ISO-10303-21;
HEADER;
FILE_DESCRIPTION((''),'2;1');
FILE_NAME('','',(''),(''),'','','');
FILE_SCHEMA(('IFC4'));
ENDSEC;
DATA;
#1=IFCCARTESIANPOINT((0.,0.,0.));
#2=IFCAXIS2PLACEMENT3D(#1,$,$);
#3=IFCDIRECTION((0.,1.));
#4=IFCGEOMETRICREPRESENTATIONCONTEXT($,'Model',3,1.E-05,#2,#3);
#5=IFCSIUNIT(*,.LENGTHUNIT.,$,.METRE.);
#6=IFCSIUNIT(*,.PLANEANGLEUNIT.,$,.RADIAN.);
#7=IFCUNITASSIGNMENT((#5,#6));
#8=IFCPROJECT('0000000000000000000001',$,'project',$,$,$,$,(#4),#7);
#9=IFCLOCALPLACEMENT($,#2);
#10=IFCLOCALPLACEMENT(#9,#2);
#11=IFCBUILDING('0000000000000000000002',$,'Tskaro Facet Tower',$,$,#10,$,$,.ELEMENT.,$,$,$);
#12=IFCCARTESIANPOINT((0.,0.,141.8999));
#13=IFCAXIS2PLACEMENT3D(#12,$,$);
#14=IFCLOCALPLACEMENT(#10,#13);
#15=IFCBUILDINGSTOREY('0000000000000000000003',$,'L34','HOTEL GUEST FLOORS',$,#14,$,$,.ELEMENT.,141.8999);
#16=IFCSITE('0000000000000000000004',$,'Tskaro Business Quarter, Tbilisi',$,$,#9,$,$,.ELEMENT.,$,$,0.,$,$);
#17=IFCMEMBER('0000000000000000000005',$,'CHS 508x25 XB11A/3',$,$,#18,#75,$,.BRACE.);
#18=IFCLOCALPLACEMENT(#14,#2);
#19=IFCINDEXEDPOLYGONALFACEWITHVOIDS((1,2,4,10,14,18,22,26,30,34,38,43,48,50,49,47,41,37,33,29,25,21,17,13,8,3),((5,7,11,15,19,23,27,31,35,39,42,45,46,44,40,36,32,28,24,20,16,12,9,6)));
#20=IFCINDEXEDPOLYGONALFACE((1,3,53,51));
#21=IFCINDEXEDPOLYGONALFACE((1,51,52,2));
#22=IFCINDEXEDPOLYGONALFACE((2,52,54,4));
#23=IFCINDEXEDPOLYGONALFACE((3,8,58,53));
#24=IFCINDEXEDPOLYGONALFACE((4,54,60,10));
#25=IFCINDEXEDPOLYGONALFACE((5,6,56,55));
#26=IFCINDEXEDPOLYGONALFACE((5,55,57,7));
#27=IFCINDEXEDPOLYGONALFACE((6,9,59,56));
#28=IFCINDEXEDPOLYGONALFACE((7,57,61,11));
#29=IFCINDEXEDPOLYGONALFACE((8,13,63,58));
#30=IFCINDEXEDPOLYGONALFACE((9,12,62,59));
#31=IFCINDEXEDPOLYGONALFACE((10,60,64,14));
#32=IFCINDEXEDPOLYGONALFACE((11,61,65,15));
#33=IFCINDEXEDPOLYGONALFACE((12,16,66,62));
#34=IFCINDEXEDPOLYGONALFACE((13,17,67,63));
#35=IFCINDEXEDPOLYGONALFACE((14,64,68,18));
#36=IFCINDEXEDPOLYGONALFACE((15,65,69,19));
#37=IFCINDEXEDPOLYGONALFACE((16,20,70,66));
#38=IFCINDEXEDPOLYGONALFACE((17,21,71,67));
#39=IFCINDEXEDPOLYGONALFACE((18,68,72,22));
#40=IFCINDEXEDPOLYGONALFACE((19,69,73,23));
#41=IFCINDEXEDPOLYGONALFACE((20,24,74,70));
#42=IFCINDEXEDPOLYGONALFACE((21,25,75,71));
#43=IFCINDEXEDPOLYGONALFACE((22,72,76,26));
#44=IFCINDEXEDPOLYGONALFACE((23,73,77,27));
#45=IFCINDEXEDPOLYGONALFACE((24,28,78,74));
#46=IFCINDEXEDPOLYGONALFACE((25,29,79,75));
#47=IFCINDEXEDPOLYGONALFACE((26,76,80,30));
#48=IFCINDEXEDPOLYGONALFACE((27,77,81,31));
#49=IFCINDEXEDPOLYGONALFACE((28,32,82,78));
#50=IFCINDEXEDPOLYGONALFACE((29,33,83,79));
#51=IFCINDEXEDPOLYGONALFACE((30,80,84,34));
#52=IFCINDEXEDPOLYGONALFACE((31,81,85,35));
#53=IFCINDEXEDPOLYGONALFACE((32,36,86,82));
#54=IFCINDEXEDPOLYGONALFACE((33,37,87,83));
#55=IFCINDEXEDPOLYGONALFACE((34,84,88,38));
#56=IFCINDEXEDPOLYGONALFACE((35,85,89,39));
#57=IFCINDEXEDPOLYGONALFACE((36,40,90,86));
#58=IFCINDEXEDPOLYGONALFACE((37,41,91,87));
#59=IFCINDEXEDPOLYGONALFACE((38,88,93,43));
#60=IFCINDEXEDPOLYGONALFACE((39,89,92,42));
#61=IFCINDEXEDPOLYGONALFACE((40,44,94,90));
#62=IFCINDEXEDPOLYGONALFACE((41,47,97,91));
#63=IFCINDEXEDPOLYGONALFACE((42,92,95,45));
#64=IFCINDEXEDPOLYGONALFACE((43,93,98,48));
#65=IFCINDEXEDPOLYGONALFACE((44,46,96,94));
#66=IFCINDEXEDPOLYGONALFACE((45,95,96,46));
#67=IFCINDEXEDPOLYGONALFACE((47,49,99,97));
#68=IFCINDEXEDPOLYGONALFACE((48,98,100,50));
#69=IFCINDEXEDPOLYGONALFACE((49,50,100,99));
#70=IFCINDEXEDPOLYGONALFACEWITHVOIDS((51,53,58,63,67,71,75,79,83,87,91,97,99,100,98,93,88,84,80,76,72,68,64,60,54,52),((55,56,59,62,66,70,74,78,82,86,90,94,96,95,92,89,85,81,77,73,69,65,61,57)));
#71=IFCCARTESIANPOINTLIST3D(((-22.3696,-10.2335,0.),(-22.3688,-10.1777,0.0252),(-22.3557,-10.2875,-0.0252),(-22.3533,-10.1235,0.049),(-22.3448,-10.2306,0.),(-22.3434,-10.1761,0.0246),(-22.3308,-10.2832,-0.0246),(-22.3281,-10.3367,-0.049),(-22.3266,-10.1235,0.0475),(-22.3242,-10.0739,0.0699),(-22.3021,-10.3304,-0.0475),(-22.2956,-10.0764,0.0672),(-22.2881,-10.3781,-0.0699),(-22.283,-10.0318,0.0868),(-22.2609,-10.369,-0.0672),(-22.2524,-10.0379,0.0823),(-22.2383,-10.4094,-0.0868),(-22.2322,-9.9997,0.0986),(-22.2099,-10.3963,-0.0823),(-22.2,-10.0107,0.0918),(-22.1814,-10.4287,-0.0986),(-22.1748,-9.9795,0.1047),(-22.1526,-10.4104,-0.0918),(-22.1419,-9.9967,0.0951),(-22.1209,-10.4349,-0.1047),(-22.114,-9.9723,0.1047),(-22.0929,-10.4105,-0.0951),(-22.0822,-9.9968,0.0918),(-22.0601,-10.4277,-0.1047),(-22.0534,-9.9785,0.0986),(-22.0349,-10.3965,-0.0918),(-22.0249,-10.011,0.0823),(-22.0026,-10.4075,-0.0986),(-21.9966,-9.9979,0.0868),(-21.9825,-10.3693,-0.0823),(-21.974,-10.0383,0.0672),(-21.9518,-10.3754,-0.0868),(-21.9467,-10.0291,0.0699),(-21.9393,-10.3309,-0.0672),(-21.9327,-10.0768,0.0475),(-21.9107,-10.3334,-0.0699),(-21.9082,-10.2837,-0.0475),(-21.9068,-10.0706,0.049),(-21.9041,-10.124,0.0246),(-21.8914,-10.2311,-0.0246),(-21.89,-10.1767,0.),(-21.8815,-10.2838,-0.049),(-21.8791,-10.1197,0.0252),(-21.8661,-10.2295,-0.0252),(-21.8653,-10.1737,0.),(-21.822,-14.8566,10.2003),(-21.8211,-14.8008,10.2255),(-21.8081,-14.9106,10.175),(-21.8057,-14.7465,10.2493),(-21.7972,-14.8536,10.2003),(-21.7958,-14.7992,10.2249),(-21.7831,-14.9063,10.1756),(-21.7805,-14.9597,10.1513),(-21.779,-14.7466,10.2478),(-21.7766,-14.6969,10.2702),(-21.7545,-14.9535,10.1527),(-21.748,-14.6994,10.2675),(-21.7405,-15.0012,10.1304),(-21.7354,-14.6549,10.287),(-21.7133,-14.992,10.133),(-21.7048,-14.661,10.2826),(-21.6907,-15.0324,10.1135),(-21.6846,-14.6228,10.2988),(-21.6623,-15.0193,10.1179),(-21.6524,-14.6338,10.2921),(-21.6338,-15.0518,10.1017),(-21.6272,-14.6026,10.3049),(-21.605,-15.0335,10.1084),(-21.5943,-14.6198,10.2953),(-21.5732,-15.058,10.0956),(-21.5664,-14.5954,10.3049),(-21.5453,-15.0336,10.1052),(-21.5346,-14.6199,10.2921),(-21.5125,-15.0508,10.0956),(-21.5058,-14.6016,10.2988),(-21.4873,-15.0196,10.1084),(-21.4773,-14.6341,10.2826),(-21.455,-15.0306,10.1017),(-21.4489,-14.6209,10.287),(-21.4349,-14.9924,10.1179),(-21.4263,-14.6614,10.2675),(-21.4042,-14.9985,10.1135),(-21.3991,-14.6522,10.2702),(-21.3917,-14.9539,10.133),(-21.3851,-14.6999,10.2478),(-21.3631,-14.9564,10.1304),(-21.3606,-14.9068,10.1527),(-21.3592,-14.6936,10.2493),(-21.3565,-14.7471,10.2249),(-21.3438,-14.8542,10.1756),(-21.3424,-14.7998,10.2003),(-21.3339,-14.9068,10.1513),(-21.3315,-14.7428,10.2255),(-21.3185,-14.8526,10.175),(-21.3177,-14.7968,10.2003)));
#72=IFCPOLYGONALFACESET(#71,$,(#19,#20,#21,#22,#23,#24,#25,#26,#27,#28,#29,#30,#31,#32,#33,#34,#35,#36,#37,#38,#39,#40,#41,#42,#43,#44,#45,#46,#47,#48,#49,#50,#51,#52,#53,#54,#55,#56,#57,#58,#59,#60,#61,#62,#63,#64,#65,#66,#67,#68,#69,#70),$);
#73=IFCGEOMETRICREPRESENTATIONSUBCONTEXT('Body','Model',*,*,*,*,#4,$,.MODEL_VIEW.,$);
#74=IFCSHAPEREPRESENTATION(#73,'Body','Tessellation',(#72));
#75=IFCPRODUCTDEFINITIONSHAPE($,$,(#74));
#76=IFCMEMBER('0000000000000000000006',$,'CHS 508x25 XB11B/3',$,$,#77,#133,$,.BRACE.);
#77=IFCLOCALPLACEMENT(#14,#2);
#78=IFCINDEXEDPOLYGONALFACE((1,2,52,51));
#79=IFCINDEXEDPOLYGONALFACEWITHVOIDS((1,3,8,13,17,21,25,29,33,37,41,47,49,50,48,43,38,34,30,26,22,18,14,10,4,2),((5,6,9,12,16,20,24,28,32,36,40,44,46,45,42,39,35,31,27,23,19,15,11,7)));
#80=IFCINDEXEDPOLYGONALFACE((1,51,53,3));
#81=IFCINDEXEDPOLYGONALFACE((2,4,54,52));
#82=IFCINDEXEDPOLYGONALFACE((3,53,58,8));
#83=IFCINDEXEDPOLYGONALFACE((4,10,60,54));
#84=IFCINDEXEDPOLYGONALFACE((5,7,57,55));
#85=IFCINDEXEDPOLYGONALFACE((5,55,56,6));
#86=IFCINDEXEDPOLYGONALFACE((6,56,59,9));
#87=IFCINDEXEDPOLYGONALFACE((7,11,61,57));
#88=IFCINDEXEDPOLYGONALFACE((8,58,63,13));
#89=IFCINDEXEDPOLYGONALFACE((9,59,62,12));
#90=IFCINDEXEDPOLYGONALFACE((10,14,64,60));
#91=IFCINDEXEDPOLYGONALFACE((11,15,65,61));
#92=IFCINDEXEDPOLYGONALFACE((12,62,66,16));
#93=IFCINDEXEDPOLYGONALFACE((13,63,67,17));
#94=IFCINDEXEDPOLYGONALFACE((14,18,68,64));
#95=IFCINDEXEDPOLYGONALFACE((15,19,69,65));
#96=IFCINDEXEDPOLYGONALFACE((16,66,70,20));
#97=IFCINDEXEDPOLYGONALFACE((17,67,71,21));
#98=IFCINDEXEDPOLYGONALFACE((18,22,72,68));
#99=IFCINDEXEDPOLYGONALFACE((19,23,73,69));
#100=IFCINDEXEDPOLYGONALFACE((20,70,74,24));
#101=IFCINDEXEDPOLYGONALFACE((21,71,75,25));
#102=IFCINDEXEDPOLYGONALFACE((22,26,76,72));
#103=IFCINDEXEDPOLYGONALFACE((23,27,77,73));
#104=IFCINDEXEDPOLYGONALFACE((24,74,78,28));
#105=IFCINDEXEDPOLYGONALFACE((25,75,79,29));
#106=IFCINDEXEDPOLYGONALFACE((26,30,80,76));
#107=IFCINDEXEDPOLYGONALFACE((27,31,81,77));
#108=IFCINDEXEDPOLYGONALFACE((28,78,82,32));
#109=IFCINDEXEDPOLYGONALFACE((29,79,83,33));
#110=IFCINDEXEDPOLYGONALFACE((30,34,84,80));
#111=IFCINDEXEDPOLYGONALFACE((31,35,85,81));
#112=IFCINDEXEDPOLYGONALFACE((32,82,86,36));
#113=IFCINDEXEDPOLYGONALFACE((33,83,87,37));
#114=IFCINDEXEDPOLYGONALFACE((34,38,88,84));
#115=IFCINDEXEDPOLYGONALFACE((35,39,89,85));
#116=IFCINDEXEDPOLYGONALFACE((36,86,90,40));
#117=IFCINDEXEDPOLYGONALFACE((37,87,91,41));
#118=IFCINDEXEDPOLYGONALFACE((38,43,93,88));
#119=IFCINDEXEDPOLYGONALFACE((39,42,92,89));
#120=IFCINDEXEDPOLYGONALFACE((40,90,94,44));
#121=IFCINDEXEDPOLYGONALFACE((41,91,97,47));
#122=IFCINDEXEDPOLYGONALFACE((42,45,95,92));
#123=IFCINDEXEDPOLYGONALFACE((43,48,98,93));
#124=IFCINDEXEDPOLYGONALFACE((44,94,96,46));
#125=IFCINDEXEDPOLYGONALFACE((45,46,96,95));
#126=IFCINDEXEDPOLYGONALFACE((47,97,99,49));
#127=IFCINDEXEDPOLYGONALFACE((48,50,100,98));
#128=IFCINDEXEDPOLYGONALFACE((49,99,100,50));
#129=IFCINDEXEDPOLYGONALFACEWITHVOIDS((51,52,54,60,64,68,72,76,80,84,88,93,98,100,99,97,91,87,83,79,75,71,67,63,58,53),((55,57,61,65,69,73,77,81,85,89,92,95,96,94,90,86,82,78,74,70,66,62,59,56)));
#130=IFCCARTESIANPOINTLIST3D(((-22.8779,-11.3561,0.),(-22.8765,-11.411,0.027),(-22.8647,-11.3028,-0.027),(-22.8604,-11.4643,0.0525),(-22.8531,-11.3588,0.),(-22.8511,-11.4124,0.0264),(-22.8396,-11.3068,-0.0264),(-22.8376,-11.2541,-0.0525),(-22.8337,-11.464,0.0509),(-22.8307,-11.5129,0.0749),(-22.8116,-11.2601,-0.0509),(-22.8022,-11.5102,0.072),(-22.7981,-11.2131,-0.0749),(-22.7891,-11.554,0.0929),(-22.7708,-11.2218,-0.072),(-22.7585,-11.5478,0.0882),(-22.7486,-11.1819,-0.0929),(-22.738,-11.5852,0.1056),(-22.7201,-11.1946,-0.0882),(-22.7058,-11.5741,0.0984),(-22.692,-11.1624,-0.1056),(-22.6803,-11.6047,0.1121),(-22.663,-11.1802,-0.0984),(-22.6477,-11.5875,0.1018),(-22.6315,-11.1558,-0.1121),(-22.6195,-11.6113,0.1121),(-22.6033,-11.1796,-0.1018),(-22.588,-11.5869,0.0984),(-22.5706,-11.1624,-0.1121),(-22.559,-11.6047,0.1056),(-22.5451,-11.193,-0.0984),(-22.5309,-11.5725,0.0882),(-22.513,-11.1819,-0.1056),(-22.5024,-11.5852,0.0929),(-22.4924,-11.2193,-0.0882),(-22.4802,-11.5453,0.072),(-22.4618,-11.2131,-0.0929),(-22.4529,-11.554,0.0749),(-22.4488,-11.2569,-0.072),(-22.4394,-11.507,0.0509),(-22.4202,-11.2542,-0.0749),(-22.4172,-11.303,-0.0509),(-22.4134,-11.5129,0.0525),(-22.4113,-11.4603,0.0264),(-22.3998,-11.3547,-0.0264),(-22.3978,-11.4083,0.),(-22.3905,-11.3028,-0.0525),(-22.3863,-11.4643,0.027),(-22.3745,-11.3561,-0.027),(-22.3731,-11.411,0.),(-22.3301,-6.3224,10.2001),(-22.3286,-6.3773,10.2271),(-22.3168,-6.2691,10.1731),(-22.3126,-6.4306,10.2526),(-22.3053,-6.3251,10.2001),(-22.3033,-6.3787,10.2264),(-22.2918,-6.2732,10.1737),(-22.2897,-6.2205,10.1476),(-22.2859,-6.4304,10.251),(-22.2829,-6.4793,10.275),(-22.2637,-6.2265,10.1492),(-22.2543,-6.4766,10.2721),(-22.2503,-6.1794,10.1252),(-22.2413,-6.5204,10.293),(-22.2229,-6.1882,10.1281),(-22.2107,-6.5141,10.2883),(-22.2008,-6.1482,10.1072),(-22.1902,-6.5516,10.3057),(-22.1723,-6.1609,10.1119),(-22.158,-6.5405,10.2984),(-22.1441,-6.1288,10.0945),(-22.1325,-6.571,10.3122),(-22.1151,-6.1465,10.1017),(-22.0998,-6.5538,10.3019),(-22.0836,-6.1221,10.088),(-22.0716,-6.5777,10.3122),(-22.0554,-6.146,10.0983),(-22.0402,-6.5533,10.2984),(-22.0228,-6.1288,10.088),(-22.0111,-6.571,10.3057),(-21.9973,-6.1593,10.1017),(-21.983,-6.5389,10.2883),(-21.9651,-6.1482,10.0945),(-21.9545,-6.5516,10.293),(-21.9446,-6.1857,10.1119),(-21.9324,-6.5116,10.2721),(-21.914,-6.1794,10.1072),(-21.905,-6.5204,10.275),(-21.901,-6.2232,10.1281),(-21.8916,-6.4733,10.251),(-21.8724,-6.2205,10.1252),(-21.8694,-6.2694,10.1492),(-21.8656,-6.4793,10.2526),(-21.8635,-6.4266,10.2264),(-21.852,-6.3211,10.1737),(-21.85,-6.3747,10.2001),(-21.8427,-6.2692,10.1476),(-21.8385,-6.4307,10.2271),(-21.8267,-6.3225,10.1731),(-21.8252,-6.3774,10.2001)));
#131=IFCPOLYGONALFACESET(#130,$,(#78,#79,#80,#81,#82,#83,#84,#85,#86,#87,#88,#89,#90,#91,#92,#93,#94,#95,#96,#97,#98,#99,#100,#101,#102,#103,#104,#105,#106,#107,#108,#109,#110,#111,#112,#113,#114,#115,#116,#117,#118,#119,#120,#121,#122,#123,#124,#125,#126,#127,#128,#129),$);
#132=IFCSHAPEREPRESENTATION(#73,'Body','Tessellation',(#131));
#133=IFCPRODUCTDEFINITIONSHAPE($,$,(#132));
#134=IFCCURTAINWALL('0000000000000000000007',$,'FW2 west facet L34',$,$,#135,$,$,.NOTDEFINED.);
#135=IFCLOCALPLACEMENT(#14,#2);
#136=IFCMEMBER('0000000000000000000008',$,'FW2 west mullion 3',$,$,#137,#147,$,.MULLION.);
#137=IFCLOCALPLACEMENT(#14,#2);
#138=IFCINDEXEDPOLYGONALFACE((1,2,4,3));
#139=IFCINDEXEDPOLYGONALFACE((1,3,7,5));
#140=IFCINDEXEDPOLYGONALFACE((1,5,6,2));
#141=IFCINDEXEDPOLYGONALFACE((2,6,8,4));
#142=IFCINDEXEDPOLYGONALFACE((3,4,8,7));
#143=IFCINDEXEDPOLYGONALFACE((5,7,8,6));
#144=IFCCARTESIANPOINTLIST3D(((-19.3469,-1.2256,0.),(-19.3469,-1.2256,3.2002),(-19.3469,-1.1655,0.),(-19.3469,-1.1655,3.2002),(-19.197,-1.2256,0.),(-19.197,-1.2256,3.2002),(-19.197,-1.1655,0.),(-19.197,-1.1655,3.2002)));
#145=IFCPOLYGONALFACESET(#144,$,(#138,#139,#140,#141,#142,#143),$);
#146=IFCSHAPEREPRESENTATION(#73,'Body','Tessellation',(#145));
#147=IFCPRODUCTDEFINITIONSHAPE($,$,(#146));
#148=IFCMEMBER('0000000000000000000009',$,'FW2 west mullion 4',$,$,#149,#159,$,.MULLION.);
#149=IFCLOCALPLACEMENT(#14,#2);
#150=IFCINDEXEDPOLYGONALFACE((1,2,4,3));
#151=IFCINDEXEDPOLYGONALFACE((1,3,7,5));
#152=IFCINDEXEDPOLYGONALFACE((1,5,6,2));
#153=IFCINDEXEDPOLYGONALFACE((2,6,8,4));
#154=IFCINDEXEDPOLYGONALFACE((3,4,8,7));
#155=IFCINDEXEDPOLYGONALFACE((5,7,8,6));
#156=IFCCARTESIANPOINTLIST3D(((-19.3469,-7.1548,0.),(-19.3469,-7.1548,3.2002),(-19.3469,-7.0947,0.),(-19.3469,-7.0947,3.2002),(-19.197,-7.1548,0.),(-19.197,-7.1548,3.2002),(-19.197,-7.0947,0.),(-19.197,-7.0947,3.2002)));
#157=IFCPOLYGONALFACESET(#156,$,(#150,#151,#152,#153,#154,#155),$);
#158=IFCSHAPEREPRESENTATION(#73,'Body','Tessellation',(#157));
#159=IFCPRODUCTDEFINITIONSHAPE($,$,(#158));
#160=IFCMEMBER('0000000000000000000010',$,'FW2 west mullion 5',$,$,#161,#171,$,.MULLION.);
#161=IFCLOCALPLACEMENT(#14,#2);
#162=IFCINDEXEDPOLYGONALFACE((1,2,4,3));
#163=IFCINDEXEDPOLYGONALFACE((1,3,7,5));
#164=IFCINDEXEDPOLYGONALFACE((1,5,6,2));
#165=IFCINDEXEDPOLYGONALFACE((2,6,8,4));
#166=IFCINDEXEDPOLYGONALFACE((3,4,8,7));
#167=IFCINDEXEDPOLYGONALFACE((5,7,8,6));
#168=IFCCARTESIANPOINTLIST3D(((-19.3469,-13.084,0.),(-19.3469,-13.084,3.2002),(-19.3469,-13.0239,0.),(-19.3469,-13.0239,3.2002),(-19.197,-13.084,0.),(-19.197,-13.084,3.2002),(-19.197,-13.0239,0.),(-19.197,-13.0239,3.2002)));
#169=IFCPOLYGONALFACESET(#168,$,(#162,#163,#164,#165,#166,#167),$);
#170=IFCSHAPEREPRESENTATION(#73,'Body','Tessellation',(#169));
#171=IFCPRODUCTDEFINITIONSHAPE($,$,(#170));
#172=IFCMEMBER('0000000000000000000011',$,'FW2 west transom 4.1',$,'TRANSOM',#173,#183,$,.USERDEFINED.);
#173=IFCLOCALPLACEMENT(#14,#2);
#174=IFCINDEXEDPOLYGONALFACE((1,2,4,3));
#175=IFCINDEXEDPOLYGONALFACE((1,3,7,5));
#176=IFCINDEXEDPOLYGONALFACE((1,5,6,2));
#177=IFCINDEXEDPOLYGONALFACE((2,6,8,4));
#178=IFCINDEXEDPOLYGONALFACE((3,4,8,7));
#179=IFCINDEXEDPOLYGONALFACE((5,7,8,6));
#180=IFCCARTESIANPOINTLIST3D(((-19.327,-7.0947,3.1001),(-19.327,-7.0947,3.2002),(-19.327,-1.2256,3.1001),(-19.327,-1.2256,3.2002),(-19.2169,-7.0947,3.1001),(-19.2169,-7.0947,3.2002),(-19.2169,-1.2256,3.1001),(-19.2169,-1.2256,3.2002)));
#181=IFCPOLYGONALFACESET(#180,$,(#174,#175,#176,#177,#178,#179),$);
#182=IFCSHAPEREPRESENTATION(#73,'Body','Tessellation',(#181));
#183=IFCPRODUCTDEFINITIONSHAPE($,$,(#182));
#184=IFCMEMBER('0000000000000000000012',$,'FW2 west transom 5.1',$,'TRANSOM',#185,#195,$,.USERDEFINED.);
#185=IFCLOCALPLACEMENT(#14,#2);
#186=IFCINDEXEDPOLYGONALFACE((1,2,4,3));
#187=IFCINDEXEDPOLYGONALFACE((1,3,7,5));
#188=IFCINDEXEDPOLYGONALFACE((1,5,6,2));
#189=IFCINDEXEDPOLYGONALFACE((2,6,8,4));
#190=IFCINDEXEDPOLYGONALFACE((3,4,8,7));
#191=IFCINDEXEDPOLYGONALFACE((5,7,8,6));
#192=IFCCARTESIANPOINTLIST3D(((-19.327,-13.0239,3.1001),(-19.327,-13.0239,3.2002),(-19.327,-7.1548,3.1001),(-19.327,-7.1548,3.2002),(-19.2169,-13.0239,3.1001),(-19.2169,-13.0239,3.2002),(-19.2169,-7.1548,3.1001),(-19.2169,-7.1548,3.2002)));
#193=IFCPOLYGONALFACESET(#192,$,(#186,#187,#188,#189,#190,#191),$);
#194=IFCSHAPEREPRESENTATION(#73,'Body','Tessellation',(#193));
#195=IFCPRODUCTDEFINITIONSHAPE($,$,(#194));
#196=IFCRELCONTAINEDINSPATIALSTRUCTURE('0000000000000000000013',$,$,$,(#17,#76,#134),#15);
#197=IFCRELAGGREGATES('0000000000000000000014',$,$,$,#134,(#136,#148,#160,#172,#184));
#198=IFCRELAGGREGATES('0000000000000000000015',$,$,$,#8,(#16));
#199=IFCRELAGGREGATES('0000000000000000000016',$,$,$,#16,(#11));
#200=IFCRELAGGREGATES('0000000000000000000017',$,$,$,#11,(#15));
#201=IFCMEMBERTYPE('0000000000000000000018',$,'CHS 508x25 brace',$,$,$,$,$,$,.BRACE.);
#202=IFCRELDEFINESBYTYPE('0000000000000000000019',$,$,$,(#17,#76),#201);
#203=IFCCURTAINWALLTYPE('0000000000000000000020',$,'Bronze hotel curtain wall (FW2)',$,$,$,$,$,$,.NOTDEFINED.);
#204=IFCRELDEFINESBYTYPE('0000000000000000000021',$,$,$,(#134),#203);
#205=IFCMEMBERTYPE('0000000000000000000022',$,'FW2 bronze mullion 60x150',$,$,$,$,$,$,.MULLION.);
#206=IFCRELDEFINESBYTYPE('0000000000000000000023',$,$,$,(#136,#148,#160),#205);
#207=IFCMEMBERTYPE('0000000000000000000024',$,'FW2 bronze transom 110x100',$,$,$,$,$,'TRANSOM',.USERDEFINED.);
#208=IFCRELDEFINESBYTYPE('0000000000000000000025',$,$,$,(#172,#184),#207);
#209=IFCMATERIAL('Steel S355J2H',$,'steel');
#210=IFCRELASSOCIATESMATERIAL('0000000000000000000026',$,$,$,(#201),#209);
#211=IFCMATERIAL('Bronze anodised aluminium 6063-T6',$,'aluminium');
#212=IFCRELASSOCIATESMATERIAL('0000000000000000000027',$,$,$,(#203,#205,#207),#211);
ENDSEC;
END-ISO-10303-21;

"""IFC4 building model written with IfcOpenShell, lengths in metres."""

from ifc_helpers import new_model, si_unit, direction, frame, origin, origin_2d, place, context, subcontext, project, spatial, rectangle, hollow_circle, extrude, material, material_profile, profile_set, type_object, element, aggregate, save


model = new_model("IFC4")

# Units and contexts
model_context = context("Model", 3, precision=1e-05, world=origin(), true_north=direction((0.0, 1.0)))
body_context = subcontext(model_context, "Body", "Model", "MODEL_VIEW")
ifc_project = project(units=[si_unit("LENGTHUNIT", "METRE"), si_unit("PLANEANGLEUNIT", "RADIAN")], contexts=[model_context])

# Site, building, storey
site_placement = place(None, origin())
site = spatial("IfcSite", under=ifc_project, at=site_placement, Name="Tskaro Business Quarter, Tbilisi", CompositionType="ELEMENT", RefElevation=0.0)
building_placement = place(site_placement, origin())
building = spatial("IfcBuilding", under=site, at=building_placement, Name="Tskaro Facet Tower", CompositionType="ELEMENT")
storey_placement = place(building_placement, frame((0.0, 0.0, 141.8999)))
storey = spatial("IfcBuildingStorey", under=building, at=storey_placement, Name="L34", Description="HOTEL GUEST FLOORS", CompositionType="ELEMENT", Elevation=141.8999)

# Shared definitions
ifc_material_1 = material(Name="Steel S355J2H", Category="steel")

# Members
ifc_material_profile_1 = material_profile(ifc_material_1, hollow_circle(Radius=0.2539, WallThickness=0.0249, at=origin_2d()), Name="CHS 508x25")
ifc_profile_set_1 = profile_set([ifc_material_profile_1], Name="Steel S355J2H")
member_type_1 = type_object("IfcMemberType", Name="CHS 508x25 brace", PredefinedType="BRACE", material=ifc_profile_set_1)
member_1_placement = place(storey_placement, frame((-22.1174, -10.2036, 0.0), z_axis=(0.04884, -0.412318, 0.90973), x_axis=(0.993058, 0.117629, 0.0)))
element("IfcMember", 1, at=member_1_placement, inside=storey, type_object=member_type_1, Name="CHS 508x25 XB11A/3", PredefinedType="BRACE", context=body_context, shape_type="SweptSolid", body=[
    extrude(hollow_circle(Radius=0.2539, WallThickness=0.0249, at=origin_2d()), origin(), (0.0, 0.0, 1.0), 11.2124),
])
member_2_placement = place(storey_placement, frame((-22.6255, -11.3835, 0.0), z_axis=(0.048109, 0.442025, 0.895712), x_axis=(-0.994129, 0.108198, 0.0)))
element("IfcMember", 2, at=member_2_placement, inside=storey, type_object=member_type_1, Name="CHS 508x25 XB11B/3", PredefinedType="BRACE", context=body_context, shape_type="SweptSolid", body=[
    extrude(hollow_circle(Radius=0.2539, WallThickness=0.0249, at=origin_2d()), origin(), (0.0, 0.0, 1.0), 11.3877),
])

# Curtain wall, members
ifc_material_2 = material(Name="Bronze anodised aluminium 6063-T6", Category="aluminium")
curtain_wall_type = type_object("IfcCurtainWallType", Name="Bronze hotel curtain wall (FW2)", PredefinedType="NOTDEFINED", material=ifc_material_2)
curtain_wall_placement = place(storey_placement, origin())
curtain_wall = element("IfcCurtainWall", 3, at=curtain_wall_placement, inside=storey, type_object=curtain_wall_type, Name="FW2 west facet L34", PredefinedType="NOTDEFINED")
ifc_material_profile_2 = material_profile(ifc_material_2, rectangle(XDim=0.0601, YDim=0.1499, at=origin_2d()), Name="Mullion 60x150")
ifc_profile_set_2 = profile_set([ifc_material_profile_2], Name="Bronze anodised aluminium 6063-T6")
member_type_2 = type_object("IfcMemberType", Name="FW2 bronze mullion 60x150", PredefinedType="MULLION", material=ifc_profile_set_2)
member_3_placement = place(storey_placement, frame((-19.272, -1.1956, 0.0), z_axis=(0.0, 0.0, 1.0), x_axis=(0.0, -1.0, 0.0)))
member_3 = element("IfcMember", 4, at=member_3_placement, type_object=member_type_2, Name="FW2 west mullion 3", PredefinedType="MULLION", context=body_context, shape_type="SweptSolid", body=[
    extrude(rectangle(XDim=0.0601, YDim=0.1499, at=origin_2d()), origin(), (0.0, 0.0, 1.0), 3.2002),
])
member_4_placement = place(storey_placement, frame((-19.272, -7.1248, 0.0), z_axis=(0.0, 0.0, 1.0), x_axis=(0.0, -1.0, 0.0)))
member_4 = element("IfcMember", 5, at=member_4_placement, type_object=member_type_2, Name="FW2 west mullion 4", PredefinedType="MULLION", context=body_context, shape_type="SweptSolid", body=[
    extrude(rectangle(XDim=0.0601, YDim=0.1499, at=origin_2d()), origin(), (0.0, 0.0, 1.0), 3.2002),
])
member_5_placement = place(storey_placement, frame((-19.272, -13.054, 0.0), z_axis=(0.0, 0.0, 1.0), x_axis=(0.0, -1.0, 0.0)))
member_5 = element("IfcMember", 6, at=member_5_placement, type_object=member_type_2, Name="FW2 west mullion 5", PredefinedType="MULLION", context=body_context, shape_type="SweptSolid", body=[
    extrude(rectangle(XDim=0.0601, YDim=0.1499, at=origin_2d()), origin(), (0.0, 0.0, 1.0), 3.2002),
])
ifc_material_profile_3 = material_profile(ifc_material_2, rectangle(XDim=0.1101, YDim=0.1001, at=origin_2d()), Name="Transom 110x100")
ifc_profile_set_3 = profile_set([ifc_material_profile_3], Name="Bronze anodised aluminium 6063-T6")
member_type_3 = type_object("IfcMemberType", Name="FW2 bronze transom 110x100", ElementType="TRANSOM", PredefinedType="USERDEFINED", material=ifc_profile_set_3)
member_6_placement = place(storey_placement, frame((-19.272, -1.2256, 3.1501), z_axis=(0.0, -1.0, 0.0), x_axis=(1.0, 0.0, 0.0)))
member_6 = element("IfcMember", 7, at=member_6_placement, type_object=member_type_3, Name="FW2 west transom 4.1", ObjectType="TRANSOM", PredefinedType="USERDEFINED", context=body_context, shape_type="SweptSolid", body=[
    extrude(rectangle(XDim=0.1101, YDim=0.1001, at=origin_2d()), origin(), (0.0, 0.0, 1.0), 5.8691),
])
member_7_placement = place(storey_placement, frame((-19.272, -7.1548, 3.1501), z_axis=(0.0, -1.0, 0.0), x_axis=(1.0, 0.0, 0.0)))
member_7 = element("IfcMember", 8, at=member_7_placement, type_object=member_type_3, Name="FW2 west transom 5.1", ObjectType="TRANSOM", PredefinedType="USERDEFINED", context=body_context, shape_type="SweptSolid", body=[
    extrude(rectangle(XDim=0.1101, YDim=0.1001, at=origin_2d()), origin(), (0.0, 0.0, 1.0), 5.8691),
])

aggregate(curtain_wall, [member_3, member_4, member_5, member_6, member_7])

save(model, "model.ifc")
